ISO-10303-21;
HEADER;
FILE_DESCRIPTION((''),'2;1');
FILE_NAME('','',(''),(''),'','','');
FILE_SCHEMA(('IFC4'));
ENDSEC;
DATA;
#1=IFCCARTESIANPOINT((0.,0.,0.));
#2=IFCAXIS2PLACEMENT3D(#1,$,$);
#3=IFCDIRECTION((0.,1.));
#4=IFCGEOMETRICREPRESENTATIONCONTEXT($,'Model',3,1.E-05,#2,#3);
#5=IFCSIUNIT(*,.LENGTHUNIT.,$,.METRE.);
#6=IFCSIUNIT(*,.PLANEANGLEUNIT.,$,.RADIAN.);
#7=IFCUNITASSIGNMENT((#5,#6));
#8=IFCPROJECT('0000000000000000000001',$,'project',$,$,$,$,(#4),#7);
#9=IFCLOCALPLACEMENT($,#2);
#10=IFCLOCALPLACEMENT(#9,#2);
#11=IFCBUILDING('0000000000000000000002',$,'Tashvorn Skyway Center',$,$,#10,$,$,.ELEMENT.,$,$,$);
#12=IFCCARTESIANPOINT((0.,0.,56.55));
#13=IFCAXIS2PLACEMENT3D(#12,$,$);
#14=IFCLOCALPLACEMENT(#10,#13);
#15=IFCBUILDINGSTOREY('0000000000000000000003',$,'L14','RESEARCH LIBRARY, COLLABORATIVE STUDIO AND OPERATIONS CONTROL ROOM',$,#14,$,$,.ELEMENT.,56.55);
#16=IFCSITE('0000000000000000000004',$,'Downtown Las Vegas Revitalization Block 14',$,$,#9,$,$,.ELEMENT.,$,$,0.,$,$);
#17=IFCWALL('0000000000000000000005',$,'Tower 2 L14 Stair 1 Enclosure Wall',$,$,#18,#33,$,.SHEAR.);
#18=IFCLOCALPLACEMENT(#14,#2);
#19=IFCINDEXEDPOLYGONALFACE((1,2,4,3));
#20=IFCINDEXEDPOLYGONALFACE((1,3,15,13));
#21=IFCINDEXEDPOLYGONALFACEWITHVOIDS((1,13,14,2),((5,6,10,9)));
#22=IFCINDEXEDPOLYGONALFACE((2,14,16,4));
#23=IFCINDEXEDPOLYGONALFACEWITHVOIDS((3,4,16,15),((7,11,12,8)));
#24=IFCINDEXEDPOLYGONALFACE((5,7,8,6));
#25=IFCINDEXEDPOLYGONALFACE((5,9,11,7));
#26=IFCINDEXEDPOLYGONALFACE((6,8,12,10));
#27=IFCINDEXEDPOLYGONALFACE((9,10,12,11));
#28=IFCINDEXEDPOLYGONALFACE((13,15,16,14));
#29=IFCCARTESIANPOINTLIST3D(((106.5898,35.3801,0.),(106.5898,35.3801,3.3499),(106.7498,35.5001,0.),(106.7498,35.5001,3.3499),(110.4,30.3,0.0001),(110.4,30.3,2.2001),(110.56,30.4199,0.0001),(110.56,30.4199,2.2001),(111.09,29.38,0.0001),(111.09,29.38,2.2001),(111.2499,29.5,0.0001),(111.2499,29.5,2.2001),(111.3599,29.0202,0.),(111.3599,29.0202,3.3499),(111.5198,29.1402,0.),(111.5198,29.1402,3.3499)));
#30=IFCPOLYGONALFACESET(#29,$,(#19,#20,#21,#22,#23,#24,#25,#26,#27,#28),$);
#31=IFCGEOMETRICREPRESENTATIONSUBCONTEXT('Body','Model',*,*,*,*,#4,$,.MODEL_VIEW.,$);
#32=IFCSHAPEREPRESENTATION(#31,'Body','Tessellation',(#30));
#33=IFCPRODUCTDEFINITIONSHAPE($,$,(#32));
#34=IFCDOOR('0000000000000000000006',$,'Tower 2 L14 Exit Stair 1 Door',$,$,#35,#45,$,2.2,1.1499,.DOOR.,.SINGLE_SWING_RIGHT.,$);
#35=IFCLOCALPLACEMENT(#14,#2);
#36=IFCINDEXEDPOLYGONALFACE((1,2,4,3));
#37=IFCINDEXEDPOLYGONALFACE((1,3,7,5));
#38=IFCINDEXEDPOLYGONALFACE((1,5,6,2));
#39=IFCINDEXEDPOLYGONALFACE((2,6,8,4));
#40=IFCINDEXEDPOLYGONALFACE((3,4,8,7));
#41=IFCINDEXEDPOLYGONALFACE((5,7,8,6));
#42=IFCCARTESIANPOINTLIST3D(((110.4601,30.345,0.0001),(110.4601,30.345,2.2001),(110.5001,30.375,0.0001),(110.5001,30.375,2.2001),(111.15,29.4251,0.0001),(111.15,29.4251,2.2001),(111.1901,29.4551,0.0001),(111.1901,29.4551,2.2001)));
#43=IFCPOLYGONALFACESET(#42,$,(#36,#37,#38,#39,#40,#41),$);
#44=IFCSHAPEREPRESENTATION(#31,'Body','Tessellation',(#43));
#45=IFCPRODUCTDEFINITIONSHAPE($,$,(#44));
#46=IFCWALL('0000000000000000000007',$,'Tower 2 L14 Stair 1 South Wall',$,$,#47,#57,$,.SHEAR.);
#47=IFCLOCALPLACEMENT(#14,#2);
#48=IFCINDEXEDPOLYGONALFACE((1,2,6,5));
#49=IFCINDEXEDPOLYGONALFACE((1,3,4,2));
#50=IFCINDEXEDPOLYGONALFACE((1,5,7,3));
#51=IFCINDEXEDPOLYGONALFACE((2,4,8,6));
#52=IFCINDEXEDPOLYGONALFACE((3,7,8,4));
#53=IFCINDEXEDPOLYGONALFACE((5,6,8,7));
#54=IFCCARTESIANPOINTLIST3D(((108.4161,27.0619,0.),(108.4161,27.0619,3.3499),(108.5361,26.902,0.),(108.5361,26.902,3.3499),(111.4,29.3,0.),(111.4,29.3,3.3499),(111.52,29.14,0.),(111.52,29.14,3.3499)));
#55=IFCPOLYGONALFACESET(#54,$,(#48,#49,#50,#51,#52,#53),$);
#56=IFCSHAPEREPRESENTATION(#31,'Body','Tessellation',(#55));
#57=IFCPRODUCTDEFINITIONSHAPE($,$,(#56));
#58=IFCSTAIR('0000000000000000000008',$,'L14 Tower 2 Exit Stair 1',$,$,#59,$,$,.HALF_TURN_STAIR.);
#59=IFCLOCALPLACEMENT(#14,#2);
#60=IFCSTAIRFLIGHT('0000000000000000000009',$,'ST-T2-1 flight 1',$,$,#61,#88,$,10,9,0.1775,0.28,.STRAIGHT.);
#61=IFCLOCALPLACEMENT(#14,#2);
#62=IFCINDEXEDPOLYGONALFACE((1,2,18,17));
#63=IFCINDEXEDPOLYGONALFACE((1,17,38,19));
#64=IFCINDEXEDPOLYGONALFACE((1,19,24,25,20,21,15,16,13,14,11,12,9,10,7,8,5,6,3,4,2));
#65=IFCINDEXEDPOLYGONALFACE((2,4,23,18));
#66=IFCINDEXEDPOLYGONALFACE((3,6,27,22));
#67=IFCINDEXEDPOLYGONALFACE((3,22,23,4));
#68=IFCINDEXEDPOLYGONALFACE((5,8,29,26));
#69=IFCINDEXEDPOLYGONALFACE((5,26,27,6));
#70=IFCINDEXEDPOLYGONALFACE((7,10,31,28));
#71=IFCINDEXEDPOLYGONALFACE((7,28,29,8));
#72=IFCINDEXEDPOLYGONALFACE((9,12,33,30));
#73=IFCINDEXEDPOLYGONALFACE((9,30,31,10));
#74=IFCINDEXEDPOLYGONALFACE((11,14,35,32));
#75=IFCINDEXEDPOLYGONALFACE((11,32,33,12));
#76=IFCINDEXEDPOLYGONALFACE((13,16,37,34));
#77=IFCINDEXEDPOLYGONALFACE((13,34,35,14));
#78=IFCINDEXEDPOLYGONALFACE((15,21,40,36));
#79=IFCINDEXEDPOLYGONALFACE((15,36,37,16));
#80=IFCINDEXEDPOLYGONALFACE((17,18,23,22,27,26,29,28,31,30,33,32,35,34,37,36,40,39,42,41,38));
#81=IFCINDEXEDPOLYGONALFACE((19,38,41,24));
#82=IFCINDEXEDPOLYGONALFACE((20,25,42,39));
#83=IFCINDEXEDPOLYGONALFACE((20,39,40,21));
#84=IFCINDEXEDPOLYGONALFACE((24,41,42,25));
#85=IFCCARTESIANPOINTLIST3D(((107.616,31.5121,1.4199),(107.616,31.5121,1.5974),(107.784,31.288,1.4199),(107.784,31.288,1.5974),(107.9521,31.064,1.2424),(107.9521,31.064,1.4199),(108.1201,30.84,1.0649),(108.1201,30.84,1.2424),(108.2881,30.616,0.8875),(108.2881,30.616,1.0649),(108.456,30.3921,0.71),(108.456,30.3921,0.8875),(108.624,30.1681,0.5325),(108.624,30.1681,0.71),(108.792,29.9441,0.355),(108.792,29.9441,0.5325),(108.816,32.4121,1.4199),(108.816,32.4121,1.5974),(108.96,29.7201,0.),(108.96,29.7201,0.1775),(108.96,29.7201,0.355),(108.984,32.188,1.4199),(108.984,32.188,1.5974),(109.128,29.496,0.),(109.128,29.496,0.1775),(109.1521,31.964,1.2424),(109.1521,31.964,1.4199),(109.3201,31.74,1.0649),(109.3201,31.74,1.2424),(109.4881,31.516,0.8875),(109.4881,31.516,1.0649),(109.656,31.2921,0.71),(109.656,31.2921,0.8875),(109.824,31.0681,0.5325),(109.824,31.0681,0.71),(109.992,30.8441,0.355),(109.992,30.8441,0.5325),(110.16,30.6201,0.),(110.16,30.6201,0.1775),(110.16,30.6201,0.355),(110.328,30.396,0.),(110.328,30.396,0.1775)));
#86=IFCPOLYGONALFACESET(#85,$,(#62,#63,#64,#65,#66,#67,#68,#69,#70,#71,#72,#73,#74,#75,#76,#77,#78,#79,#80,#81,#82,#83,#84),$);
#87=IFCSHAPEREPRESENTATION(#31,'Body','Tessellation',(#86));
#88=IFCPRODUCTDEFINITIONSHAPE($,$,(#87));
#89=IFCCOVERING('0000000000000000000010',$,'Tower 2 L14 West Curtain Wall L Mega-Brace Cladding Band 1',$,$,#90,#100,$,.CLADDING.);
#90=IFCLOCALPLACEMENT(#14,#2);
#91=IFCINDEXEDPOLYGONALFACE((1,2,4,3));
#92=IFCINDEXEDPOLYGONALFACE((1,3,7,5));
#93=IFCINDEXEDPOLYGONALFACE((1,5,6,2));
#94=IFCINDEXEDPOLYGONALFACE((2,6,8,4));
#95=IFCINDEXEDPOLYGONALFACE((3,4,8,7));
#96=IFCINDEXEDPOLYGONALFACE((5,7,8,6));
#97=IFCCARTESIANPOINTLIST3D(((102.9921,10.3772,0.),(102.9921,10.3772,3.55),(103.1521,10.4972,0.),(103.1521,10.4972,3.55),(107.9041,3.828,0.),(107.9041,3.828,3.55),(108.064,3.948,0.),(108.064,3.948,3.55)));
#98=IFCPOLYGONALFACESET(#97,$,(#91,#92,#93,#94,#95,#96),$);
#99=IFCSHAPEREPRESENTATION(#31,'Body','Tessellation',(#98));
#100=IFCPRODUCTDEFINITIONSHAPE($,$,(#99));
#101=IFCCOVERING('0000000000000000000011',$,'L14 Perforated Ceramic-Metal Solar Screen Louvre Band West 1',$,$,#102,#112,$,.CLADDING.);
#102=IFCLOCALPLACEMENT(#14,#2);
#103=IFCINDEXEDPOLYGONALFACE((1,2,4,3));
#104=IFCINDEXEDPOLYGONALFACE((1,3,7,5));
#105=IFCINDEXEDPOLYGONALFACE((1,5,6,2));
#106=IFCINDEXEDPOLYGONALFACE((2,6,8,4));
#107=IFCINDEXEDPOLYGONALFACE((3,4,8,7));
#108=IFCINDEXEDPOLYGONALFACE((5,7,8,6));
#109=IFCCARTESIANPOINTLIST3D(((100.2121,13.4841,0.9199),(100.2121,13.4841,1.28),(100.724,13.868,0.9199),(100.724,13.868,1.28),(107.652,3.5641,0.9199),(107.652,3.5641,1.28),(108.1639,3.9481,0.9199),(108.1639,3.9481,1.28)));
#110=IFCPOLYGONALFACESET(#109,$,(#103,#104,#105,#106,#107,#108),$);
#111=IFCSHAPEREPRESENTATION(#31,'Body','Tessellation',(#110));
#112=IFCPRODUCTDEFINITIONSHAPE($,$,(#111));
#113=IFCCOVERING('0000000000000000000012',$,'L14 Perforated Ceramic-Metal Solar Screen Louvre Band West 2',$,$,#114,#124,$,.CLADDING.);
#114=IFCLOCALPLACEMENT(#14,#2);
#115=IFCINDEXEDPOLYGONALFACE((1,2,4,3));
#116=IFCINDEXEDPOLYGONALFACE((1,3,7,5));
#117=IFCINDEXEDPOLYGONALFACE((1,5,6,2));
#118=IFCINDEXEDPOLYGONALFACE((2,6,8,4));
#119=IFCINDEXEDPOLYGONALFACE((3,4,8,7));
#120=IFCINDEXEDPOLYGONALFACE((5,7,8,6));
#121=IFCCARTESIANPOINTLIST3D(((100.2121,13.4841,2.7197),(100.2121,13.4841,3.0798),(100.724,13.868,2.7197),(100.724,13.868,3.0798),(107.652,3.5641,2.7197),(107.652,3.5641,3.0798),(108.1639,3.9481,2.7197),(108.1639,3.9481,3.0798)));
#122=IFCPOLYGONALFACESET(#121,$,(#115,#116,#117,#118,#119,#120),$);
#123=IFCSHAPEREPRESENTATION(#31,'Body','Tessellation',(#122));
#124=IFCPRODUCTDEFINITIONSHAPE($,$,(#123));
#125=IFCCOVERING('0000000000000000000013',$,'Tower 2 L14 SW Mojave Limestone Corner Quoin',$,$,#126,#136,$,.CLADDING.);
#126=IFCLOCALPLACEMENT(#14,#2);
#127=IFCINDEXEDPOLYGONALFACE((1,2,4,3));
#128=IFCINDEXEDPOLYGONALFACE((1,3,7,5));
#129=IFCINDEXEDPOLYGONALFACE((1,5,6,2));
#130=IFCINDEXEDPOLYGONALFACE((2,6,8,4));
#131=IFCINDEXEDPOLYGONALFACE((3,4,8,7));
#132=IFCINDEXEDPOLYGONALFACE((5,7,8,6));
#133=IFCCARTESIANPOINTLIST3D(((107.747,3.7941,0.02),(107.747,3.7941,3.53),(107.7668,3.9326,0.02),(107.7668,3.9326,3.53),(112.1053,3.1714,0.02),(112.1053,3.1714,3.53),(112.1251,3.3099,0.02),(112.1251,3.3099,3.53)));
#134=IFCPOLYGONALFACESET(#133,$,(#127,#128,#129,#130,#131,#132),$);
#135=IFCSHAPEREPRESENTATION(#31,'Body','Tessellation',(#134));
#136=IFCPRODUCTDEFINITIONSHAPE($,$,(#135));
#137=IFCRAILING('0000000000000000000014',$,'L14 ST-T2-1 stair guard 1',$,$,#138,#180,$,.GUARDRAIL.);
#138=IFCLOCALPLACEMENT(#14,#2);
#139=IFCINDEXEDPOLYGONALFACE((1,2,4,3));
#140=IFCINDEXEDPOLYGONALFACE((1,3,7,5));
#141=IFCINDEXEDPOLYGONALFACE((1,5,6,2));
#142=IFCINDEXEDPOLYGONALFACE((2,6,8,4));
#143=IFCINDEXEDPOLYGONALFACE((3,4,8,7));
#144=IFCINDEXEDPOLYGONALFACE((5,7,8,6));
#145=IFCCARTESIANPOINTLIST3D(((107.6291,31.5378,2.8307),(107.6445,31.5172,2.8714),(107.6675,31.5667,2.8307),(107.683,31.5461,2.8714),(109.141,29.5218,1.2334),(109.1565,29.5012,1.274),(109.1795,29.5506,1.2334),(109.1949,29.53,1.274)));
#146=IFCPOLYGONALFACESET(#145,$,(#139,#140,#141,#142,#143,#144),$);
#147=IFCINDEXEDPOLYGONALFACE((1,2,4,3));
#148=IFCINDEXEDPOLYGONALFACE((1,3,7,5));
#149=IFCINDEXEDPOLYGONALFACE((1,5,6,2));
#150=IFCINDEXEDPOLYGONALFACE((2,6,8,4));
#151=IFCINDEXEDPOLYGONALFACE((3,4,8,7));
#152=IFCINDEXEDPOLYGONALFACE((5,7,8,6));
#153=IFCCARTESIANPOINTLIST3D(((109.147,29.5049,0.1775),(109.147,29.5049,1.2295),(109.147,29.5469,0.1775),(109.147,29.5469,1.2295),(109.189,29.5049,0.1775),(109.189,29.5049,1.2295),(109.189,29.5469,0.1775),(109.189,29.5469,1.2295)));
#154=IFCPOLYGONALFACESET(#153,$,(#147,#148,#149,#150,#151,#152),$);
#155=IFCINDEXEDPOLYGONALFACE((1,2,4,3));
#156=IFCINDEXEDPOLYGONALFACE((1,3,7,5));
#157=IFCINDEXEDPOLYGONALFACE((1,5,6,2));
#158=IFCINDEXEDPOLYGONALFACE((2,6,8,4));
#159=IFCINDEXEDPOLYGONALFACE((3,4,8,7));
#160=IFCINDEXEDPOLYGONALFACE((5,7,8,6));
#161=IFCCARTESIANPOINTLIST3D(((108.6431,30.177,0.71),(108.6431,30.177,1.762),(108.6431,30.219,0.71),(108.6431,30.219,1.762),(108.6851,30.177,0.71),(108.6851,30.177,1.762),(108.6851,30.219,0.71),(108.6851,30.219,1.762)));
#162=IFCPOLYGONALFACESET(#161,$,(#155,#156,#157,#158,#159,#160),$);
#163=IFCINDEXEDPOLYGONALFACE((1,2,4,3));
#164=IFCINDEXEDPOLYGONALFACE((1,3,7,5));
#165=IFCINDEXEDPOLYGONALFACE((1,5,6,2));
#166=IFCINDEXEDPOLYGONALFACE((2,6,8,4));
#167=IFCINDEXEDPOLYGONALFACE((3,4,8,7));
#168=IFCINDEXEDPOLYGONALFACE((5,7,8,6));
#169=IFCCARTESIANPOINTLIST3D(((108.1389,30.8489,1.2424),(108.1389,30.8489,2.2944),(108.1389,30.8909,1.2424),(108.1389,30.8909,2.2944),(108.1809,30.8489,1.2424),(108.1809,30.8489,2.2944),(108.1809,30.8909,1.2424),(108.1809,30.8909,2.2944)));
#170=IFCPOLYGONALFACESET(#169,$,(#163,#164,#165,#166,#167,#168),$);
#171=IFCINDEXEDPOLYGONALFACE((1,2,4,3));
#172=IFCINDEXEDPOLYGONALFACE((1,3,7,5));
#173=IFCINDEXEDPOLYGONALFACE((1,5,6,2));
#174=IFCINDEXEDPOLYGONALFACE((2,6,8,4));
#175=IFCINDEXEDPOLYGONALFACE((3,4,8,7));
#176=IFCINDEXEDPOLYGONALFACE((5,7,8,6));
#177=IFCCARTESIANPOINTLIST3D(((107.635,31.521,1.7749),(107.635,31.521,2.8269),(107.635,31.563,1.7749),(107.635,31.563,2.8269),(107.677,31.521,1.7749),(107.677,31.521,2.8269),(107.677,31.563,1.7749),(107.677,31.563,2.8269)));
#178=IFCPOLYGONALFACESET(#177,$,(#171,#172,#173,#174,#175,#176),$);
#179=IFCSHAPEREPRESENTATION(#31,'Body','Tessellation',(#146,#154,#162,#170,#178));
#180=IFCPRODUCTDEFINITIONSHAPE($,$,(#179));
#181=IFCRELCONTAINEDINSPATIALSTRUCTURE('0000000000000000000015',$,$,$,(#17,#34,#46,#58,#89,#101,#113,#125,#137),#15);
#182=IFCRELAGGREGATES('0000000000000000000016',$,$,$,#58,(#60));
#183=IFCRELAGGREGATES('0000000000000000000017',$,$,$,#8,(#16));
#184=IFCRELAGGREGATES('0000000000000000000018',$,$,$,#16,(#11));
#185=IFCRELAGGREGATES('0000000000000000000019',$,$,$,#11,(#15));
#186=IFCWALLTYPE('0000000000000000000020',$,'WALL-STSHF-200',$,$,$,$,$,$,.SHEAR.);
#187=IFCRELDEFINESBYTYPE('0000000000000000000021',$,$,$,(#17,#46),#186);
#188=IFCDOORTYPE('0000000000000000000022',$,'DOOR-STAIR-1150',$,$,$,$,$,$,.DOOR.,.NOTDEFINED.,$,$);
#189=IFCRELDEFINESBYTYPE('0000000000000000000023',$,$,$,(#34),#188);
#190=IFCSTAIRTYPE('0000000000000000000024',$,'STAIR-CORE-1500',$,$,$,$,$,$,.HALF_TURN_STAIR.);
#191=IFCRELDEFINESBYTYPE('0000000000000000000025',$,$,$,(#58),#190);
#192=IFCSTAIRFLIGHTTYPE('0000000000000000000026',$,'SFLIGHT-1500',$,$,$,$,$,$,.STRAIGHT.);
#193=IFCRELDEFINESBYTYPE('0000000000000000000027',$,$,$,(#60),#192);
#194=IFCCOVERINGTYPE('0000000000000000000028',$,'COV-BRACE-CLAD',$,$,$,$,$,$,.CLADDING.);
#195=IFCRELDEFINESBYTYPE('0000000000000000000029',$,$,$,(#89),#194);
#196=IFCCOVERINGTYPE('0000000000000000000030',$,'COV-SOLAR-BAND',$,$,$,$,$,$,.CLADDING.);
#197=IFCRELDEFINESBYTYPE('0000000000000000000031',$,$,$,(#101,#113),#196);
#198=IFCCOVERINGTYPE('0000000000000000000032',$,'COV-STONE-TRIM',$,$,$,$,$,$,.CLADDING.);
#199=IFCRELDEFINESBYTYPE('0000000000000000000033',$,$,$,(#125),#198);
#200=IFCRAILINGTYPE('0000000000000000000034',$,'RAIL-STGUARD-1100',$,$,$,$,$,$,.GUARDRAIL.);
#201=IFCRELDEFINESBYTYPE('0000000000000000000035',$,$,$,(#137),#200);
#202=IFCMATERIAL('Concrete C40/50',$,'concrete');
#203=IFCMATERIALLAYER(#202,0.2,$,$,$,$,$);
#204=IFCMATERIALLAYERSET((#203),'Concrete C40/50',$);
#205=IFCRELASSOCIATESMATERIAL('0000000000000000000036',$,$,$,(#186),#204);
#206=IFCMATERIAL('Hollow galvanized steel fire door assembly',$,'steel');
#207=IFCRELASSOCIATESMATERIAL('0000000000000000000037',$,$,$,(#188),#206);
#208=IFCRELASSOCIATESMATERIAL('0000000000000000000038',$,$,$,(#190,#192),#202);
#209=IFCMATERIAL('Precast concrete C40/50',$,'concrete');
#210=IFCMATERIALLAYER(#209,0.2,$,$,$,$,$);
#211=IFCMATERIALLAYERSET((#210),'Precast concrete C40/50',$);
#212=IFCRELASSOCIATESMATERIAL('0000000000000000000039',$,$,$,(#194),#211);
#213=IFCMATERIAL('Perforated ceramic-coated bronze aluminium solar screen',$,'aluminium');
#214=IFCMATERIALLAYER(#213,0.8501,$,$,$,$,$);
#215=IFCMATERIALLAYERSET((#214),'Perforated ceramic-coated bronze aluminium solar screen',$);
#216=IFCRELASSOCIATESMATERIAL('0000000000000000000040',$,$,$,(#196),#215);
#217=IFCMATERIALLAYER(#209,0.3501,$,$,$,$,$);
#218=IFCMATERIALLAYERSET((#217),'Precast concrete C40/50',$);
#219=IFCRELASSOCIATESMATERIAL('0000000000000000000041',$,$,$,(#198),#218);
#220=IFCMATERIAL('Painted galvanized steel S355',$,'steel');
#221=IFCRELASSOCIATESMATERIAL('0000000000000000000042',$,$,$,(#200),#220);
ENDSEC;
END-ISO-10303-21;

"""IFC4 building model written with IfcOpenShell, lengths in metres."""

from ifc_helpers import new_model, si_unit, direction, frame, frame_2d, origin, origin_2d, place, context, subcontext, project, spatial, polyline, rectangle, outline, extrude, material, layer, layer_set, type_object, element, fill, aggregate, save


model = new_model("IFC4")

# Units and contexts
model_context = context("Model", 3, precision=1e-05, world=origin(), true_north=direction((0.0, 1.0)))
body_context = subcontext(model_context, "Body", "Model", "MODEL_VIEW")
ifc_project = project(units=[si_unit("LENGTHUNIT", "METRE"), si_unit("PLANEANGLEUNIT", "RADIAN")], contexts=[model_context])

# Site, building, storey
site_placement = place(None, origin())
site = spatial("IfcSite", under=ifc_project, at=site_placement, Name="Downtown Las Vegas Revitalization Block 14", CompositionType="ELEMENT", RefElevation=0.0)
building_placement = place(site_placement, origin())
building = spatial("IfcBuilding", under=site, at=building_placement, Name="Tashvorn Skyway Center", CompositionType="ELEMENT")
storey_placement = place(building_placement, frame((0.0, 0.0, 56.55)))
storey = spatial("IfcBuildingStorey", under=building, at=storey_placement, Name="L14", Description="RESEARCH LIBRARY, COLLABORATIVE STUDIO AND OPERATIONS CONTROL ROOM", CompositionType="ELEMENT", Elevation=56.55)

# Shared definitions
ifc_material_1 = material(Name="Precast concrete C40/50", Category="concrete")

# Shared definitions
ifc_material_2 = material(Name="Concrete C40/50", Category="concrete")

# Wall, opening, door
ifc_layer_1 = layer(ifc_material_2, 0.2)
ifc_layer_set_1 = layer_set([ifc_layer_1], Name="Concrete C40/50")
wall_type_1 = type_object("IfcWallType", Name="WALL-STSHF-200", PredefinedType="SHEAR", material=ifc_layer_set_1)
wall_1_placement = place(storey_placement, frame((111.4399, 29.0801, 0.0), z_axis=(0.0, 0.0, 1.0), x_axis=(-0.60001, 0.799993, 0.0)))
wall_1 = element("IfcWall", 1, at=wall_1_placement, inside=storey, type_object=wall_type_1, Name="Tower 2 L14 Stair 1 Enclosure Wall", PredefinedType="SHEAR", context=body_context, shape_type="SweptSolid", body=[
    extrude(rectangle(XDim=7.95, YDim=0.2, at=frame_2d((3.9751, 0.0))), origin(), (0.0, 0.0, 1.0), 3.3499),
])
opening_1_placement = place(wall_1_placement, frame((0.45, 0.0, 0.0)))
opening_1 = element("IfcOpeningElement", 2, at=opening_1_placement, cuts=wall_1, PredefinedType="OPENING", context=body_context, shape_type="SweptSolid", body=[
    extrude(rectangle(XDim=1.1499, YDim=2.2, at=frame_2d((0.575, 1.1001))), frame((0.0, 0.1099, 0.0), z_axis=(0.0, -1.0, 0.0), x_axis=(1.0, 0.0, 0.0)), (0.0, 0.0, 1.0), 0.22),
])
ifc_material_3 = material(Name="Hollow galvanized steel fire door assembly", Category="steel")
door_type_1 = type_object("IfcDoorType", Name="DOOR-STAIR-1150", OperationType="NOTDEFINED", PredefinedType="DOOR", material=ifc_material_3)
door_1_placement = place(opening_1_placement, origin())
door_1 = element("IfcDoor", 3, at=door_1_placement, inside=storey, type_object=door_type_1, Name="Tower 2 L14 Exit Stair 1 Door", OperationType="SINGLE_SWING_RIGHT", OverallHeight=2.2, OverallWidth=1.1499, PredefinedType="DOOR", context=body_context, shape_type="SweptSolid", body=[
    extrude(rectangle(XDim=1.1499, YDim=2.2, at=frame_2d((0.575, 1.1001))), frame((0.0, 0.0249, 0.0), z_axis=(0.0, -1.0, 0.0), x_axis=(1.0, 0.0, 0.0)), (0.0, 0.0, 1.0), 0.05),
])
fill(opening_1, door_1)

# Wall
wall_2_placement = place(storey_placement, frame((108.4761, 26.9819, 0.0), z_axis=(0.0, 0.0, 1.0), x_axis=(0.799984, 0.600021, 0.0)))
element("IfcWall", 4, at=wall_2_placement, inside=storey, type_object=wall_type_1, Name="Tower 2 L14 Stair 1 South Wall", PredefinedType="SHEAR", context=body_context, shape_type="SweptSolid", body=[
    extrude(rectangle(XDim=3.73, YDim=0.2, at=frame_2d((1.865, 0.0))), origin(), (0.0, 0.0, 1.0), 3.3499),
])

# Stair, stair flight
stair_type = type_object("IfcStairType", Name="STAIR-CORE-1500", PredefinedType="HALF_TURN_STAIR", material=ifc_material_2)
stair_placement = place(storey_placement, origin())
stair = element("IfcStair", 5, at=stair_placement, inside=storey, type_object=stair_type, Name="L14 Tower 2 Exit Stair 1", PredefinedType="HALF_TURN_STAIR")
stair_flight_type = type_object("IfcStairFlightType", Name="SFLIGHT-1500", PredefinedType="STRAIGHT", material=ifc_material_2)
stair_flight_placement = place(storey_placement, frame((109.728, 29.946, 0.0), z_axis=(0.0, 0.0, 1.0), x_axis=(-0.6, 0.8, 0.0)))
stair_flight = element("IfcStairFlight", 6, at=stair_flight_placement, type_object=stair_flight_type, Name="ST-T2-1 flight 1", NumberOfRisers=10, NumberOfTreads=9, PredefinedType="STRAIGHT", RiserHeight=0.1775, TreadLength=0.28, context=body_context, shape_type="SweptSolid", body=[
    extrude(outline(polyline([(0.0, 0.0), (0.0, 0.1775), (0.28, 0.1775), (0.28, 0.355), (0.5601, 0.355), (0.5601, 0.5325), (0.8401, 0.5325), (0.8401, 0.71), (1.1201, 0.71), (1.1201, 0.8875), (1.3999, 0.8875), (1.3999, 1.0649), (1.6799, 1.0649), (1.6799, 1.2424), (1.96, 1.2424), (1.96, 1.4199), (2.24, 1.4199), (2.24, 1.5974), (2.52, 1.5974), (2.52, 1.7749), (2.52, 1.4199), (0.28, 0.0), (0.0, 0.0)])), frame((0.0, 0.75, 0.0), z_axis=(0.0, -1.0, 0.0), x_axis=(1.0, 0.0, 0.0)), (0.0, 0.0, 1.0), 1.5),
])
aggregate(stair, [stair_flight])

# Coverings
ifc_layer_2 = layer(ifc_material_1, 0.2)
ifc_layer_set_2 = layer_set([ifc_layer_2], Name="Precast concrete C40/50")
covering_type_1 = type_object("IfcCoveringType", Name="COV-BRACE-CLAD", PredefinedType="CLADDING", material=ifc_layer_set_2)
covering_1_placement = place(storey_placement, frame((105.5281, 7.1626, 0.0), z_axis=(0.0, 0.0, 1.0), x_axis=(-0.6, 0.8, 0.0)))
element("IfcCovering", 7, at=covering_1_placement, inside=storey, type_object=covering_type_1, Name="Tower 2 L14 West Curtain Wall L Mega-Brace Cladding Band 1", PredefinedType="CLADDING", context=body_context, shape_type="SweptSolid", body=[
    extrude(rectangle(XDim=8.1865, YDim=0.2, at=origin_2d()), origin(), (0.0, 0.0, 1.0), 3.55),
])
ifc_material_4 = material(Name="Perforated ceramic-coated bronze aluminium solar screen", Category="aluminium")
ifc_layer_3 = layer(ifc_material_4, 0.8501)
ifc_layer_set_3 = layer_set([ifc_layer_3], Name="Perforated ceramic-coated bronze aluminium solar screen")
covering_type_2 = type_object("IfcCoveringType", Name="COV-SOLAR-BAND", PredefinedType="CLADDING", material=ifc_layer_set_3)
for number, where, z_axis, x_axis, name in (
    (8, (104.188, 8.7161, 0.9199), (0.0, 0.0, 1.0), (-0.6, 0.8, 0.0), "L14 Perforated Ceramic-Metal Solar Screen Louvre Band West 1"),
    (9, (104.188, 8.7161, 2.7197), (0.0, 0.0, 1.0), (-0.6, 0.8, 0.0), "L14 Perforated Ceramic-Metal Solar Screen Louvre Band West 2"),
):
    element("IfcCovering", number, at=place(storey_placement, frame(where, z_axis=z_axis, x_axis=x_axis)), inside=storey, type_object=covering_type_2, Name=name, PredefinedType="CLADDING", context=body_context, shape_type="SweptSolid", body=[
        extrude(rectangle(XDim=12.3999, YDim=0.6399, at=origin_2d()), origin(), (0.0, 0.0, 1.0), 0.3601),
    ])
ifc_layer_4 = layer(ifc_material_1, 0.3501)
ifc_layer_set_4 = layer_set([ifc_layer_4], Name="Precast concrete C40/50")
covering_type_3 = type_object("IfcCoveringType", Name="COV-STONE-TRIM", PredefinedType="CLADDING", material=ifc_layer_set_4)
covering_2_placement = place(storey_placement, frame((109.936, 3.552, 0.02), z_axis=(0.0, 0.0, 1.0), x_axis=(-0.989949, 0.141421, 0.0)))
element("IfcCovering", 10, at=covering_2_placement, inside=storey, type_object=covering_type_3, Name="Tower 2 L14 SW Mojave Limestone Corner Quoin", PredefinedType="CLADDING", context=body_context, shape_type="SweptSolid", body=[
    extrude(rectangle(XDim=4.4026, YDim=0.1399, at=origin_2d()), origin(), (0.0, 0.0, 1.0), 3.51),
])

# Railing
ifc_material_5 = material(Name="Painted galvanized steel S355", Category="steel")
railing_type = type_object("IfcRailingType", Name="RAIL-STGUARD-1100", PredefinedType="GUARDRAIL", material=ifc_material_5)
railing_1_placement = place(storey_placement, frame((109.168, 29.5259, 0.1775)))
element("IfcRailing", 11, at=railing_1_placement, inside=storey, type_object=railing_type, Name="L14 ST-T2-1 stair guard 1", PredefinedType="GUARDRAIL", context=body_context, shape_type="SweptSolid", body=[
    extrude(rectangle(XDim=0.0481, YDim=0.0481, at=origin_2d()), frame((0.0, 0.0, 1.0762), z_axis=(-0.506741, 0.675709, 0.535379), x_axis=(-0.800023, -0.599969, 0.0)), (0.0, 0.0, 1.0), 2.9836),
    extrude(rectangle(XDim=0.042, YDim=0.042, at=origin_2d()), origin(), (0.0, 0.0, 1.0), 1.052),
    extrude(rectangle(XDim=0.042, YDim=0.042, at=origin_2d()), frame((-0.5039, 0.6721, 0.5325)), (0.0, 0.0, 1.0), 1.052),
    extrude(rectangle(XDim=0.042, YDim=0.042, at=origin_2d()), frame((-1.0081, 1.344, 1.0649)), (0.0, 0.0, 1.0), 1.052),
    extrude(rectangle(XDim=0.042, YDim=0.042, at=origin_2d()), frame((-1.512, 2.0161, 1.5974)), (0.0, 0.0, 1.0), 1.052),
])

save(model, "model.ifc")
